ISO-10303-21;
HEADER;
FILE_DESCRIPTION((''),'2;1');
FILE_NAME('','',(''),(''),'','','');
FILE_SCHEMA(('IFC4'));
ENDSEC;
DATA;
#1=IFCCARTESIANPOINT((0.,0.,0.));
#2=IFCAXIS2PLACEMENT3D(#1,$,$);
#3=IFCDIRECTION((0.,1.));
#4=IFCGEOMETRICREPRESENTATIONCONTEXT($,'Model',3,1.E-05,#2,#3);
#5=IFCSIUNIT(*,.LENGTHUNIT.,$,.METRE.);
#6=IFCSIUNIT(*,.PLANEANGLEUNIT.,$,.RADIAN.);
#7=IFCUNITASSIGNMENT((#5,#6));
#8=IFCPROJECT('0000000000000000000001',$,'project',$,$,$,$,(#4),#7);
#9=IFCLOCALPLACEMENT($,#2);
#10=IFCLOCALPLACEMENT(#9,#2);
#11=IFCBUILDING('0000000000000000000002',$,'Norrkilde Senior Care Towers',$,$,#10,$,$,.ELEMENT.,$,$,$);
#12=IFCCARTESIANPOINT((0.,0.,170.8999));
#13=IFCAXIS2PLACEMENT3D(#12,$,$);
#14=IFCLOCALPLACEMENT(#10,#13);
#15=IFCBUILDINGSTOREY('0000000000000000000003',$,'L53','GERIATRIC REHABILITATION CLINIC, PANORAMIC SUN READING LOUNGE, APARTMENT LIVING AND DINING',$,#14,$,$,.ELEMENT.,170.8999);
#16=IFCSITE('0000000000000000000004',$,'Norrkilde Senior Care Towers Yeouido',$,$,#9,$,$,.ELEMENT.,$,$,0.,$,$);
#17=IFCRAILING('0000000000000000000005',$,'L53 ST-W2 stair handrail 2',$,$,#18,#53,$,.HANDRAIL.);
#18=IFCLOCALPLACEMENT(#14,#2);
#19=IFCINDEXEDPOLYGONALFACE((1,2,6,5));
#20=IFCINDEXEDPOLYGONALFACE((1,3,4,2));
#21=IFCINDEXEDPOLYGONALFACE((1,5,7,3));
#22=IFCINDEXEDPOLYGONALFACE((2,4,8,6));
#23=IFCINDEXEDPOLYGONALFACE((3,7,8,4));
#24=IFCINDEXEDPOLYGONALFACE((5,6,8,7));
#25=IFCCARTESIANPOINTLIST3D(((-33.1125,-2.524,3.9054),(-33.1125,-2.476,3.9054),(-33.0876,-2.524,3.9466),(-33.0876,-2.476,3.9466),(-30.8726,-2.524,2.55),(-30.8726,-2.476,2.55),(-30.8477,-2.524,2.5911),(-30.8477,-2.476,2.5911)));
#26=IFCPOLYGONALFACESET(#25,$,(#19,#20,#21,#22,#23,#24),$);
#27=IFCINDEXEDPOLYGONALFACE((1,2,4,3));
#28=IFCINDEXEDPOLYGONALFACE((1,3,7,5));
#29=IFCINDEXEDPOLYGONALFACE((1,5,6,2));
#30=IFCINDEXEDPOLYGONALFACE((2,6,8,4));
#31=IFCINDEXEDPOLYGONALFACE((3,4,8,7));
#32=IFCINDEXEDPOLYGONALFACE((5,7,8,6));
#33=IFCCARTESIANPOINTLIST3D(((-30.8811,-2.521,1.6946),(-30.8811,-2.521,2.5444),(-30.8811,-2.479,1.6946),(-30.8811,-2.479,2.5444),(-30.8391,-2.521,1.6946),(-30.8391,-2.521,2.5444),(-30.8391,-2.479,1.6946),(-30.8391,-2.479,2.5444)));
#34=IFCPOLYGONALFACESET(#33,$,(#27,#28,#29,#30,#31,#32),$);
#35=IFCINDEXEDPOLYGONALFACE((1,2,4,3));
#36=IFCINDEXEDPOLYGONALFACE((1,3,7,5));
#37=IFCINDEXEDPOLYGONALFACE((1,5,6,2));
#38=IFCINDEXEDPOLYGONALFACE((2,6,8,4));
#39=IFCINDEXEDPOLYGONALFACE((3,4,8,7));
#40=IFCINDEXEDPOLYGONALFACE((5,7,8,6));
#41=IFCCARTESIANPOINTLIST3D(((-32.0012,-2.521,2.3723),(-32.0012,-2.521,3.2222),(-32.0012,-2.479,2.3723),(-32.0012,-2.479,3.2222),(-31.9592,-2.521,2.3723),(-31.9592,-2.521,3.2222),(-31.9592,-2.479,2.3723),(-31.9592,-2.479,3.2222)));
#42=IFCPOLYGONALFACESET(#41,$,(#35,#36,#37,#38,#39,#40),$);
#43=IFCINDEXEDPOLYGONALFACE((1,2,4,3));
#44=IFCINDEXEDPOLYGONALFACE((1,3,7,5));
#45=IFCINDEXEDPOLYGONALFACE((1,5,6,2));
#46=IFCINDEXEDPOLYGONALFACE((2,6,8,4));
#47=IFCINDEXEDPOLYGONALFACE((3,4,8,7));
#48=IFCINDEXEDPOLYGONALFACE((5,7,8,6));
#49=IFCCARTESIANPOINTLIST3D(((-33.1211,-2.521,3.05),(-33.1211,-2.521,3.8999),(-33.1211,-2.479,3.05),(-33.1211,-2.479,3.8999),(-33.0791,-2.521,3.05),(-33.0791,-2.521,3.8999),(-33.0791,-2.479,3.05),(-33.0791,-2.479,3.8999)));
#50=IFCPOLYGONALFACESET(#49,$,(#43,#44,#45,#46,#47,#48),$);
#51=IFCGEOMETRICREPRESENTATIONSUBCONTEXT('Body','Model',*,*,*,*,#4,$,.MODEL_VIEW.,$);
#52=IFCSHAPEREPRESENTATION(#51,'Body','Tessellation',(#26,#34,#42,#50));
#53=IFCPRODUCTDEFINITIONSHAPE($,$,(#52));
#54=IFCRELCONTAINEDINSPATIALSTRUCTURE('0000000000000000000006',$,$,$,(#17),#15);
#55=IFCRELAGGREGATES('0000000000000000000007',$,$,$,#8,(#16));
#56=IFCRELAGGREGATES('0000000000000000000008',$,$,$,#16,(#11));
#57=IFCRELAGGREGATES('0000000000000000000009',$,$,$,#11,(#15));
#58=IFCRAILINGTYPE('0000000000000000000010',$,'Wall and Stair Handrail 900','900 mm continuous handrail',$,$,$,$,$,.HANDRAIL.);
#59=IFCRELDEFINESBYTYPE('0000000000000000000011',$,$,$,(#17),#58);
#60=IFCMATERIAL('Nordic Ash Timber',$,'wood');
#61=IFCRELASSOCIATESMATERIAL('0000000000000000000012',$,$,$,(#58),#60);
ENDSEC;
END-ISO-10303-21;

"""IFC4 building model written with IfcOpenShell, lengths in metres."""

from ifc_helpers import new_model, si_unit, direction, frame, origin, origin_2d, place, context, subcontext, project, spatial, rectangle, extrude, material, type_object, element, save


model = new_model("IFC4")

# Units and contexts
model_context = context("Model", 3, precision=1e-05, world=origin(), true_north=direction((0.0, 1.0)))
body_context = subcontext(model_context, "Body", "Model", "MODEL_VIEW")
ifc_project = project(units=[si_unit("LENGTHUNIT", "METRE"), si_unit("PLANEANGLEUNIT", "RADIAN")], contexts=[model_context])

# Site, building, storey
site_placement = place(None, origin())
site = spatial("IfcSite", under=ifc_project, at=site_placement, Name="Norrkilde Senior Care Towers Yeouido", CompositionType="ELEMENT", RefElevation=0.0)
building_placement = place(site_placement, origin())
building = spatial("IfcBuilding", under=site, at=building_placement, Name="Norrkilde Senior Care Towers", CompositionType="ELEMENT")
storey_placement = place(building_placement, frame((0.0, 0.0, 170.8999)))
storey = spatial("IfcBuildingStorey", under=building, at=storey_placement, Name="L53", Description="GERIATRIC REHABILITATION CLINIC, PANORAMIC SUN READING LOUNGE, APARTMENT LIVING AND DINING", CompositionType="ELEMENT", Elevation=170.8999)

# Railing
ifc_material_1 = material(Name="Nordic Ash Timber", Category="wood")
railing_type_1 = type_object("IfcRailingType", Name="Wall and Stair Handrail 900", Description="900 mm continuous handrail", PredefinedType="HANDRAIL", material=ifc_material_1)
railing_1_placement = place(storey_placement, frame((-30.8601, -2.5, 1.6946)))
element("IfcRailing", 1, at=railing_1_placement, inside=storey, type_object=railing_type_1, Name="L53 ST-W2 stair handrail 2", PredefinedType="HANDRAIL", context=body_context, shape_type="SweptSolid", body=[
    extrude(rectangle(XDim=0.0481, YDim=0.0481, at=origin_2d()), frame((0.0, 0.0, 0.876), z_axis=(-0.855553, 0.0, 0.517715), x_axis=(0.0, -1.0, 0.0)), (0.0, 0.0, 1.0), 2.6182),
    extrude(rectangle(XDim=0.042, YDim=0.042, at=origin_2d()), origin(), (0.0, 0.0, 1.0), 0.8499),
    extrude(rectangle(XDim=0.042, YDim=0.042, at=origin_2d()), frame((-1.1201, 0.0, 0.6777)), (0.0, 0.0, 1.0), 0.8499),
    extrude(rectangle(XDim=0.042, YDim=0.042, at=origin_2d()), frame((-2.24, 0.0, 1.3555)), (0.0, 0.0, 1.0), 0.8499),
])

save(model, "model.ifc")
